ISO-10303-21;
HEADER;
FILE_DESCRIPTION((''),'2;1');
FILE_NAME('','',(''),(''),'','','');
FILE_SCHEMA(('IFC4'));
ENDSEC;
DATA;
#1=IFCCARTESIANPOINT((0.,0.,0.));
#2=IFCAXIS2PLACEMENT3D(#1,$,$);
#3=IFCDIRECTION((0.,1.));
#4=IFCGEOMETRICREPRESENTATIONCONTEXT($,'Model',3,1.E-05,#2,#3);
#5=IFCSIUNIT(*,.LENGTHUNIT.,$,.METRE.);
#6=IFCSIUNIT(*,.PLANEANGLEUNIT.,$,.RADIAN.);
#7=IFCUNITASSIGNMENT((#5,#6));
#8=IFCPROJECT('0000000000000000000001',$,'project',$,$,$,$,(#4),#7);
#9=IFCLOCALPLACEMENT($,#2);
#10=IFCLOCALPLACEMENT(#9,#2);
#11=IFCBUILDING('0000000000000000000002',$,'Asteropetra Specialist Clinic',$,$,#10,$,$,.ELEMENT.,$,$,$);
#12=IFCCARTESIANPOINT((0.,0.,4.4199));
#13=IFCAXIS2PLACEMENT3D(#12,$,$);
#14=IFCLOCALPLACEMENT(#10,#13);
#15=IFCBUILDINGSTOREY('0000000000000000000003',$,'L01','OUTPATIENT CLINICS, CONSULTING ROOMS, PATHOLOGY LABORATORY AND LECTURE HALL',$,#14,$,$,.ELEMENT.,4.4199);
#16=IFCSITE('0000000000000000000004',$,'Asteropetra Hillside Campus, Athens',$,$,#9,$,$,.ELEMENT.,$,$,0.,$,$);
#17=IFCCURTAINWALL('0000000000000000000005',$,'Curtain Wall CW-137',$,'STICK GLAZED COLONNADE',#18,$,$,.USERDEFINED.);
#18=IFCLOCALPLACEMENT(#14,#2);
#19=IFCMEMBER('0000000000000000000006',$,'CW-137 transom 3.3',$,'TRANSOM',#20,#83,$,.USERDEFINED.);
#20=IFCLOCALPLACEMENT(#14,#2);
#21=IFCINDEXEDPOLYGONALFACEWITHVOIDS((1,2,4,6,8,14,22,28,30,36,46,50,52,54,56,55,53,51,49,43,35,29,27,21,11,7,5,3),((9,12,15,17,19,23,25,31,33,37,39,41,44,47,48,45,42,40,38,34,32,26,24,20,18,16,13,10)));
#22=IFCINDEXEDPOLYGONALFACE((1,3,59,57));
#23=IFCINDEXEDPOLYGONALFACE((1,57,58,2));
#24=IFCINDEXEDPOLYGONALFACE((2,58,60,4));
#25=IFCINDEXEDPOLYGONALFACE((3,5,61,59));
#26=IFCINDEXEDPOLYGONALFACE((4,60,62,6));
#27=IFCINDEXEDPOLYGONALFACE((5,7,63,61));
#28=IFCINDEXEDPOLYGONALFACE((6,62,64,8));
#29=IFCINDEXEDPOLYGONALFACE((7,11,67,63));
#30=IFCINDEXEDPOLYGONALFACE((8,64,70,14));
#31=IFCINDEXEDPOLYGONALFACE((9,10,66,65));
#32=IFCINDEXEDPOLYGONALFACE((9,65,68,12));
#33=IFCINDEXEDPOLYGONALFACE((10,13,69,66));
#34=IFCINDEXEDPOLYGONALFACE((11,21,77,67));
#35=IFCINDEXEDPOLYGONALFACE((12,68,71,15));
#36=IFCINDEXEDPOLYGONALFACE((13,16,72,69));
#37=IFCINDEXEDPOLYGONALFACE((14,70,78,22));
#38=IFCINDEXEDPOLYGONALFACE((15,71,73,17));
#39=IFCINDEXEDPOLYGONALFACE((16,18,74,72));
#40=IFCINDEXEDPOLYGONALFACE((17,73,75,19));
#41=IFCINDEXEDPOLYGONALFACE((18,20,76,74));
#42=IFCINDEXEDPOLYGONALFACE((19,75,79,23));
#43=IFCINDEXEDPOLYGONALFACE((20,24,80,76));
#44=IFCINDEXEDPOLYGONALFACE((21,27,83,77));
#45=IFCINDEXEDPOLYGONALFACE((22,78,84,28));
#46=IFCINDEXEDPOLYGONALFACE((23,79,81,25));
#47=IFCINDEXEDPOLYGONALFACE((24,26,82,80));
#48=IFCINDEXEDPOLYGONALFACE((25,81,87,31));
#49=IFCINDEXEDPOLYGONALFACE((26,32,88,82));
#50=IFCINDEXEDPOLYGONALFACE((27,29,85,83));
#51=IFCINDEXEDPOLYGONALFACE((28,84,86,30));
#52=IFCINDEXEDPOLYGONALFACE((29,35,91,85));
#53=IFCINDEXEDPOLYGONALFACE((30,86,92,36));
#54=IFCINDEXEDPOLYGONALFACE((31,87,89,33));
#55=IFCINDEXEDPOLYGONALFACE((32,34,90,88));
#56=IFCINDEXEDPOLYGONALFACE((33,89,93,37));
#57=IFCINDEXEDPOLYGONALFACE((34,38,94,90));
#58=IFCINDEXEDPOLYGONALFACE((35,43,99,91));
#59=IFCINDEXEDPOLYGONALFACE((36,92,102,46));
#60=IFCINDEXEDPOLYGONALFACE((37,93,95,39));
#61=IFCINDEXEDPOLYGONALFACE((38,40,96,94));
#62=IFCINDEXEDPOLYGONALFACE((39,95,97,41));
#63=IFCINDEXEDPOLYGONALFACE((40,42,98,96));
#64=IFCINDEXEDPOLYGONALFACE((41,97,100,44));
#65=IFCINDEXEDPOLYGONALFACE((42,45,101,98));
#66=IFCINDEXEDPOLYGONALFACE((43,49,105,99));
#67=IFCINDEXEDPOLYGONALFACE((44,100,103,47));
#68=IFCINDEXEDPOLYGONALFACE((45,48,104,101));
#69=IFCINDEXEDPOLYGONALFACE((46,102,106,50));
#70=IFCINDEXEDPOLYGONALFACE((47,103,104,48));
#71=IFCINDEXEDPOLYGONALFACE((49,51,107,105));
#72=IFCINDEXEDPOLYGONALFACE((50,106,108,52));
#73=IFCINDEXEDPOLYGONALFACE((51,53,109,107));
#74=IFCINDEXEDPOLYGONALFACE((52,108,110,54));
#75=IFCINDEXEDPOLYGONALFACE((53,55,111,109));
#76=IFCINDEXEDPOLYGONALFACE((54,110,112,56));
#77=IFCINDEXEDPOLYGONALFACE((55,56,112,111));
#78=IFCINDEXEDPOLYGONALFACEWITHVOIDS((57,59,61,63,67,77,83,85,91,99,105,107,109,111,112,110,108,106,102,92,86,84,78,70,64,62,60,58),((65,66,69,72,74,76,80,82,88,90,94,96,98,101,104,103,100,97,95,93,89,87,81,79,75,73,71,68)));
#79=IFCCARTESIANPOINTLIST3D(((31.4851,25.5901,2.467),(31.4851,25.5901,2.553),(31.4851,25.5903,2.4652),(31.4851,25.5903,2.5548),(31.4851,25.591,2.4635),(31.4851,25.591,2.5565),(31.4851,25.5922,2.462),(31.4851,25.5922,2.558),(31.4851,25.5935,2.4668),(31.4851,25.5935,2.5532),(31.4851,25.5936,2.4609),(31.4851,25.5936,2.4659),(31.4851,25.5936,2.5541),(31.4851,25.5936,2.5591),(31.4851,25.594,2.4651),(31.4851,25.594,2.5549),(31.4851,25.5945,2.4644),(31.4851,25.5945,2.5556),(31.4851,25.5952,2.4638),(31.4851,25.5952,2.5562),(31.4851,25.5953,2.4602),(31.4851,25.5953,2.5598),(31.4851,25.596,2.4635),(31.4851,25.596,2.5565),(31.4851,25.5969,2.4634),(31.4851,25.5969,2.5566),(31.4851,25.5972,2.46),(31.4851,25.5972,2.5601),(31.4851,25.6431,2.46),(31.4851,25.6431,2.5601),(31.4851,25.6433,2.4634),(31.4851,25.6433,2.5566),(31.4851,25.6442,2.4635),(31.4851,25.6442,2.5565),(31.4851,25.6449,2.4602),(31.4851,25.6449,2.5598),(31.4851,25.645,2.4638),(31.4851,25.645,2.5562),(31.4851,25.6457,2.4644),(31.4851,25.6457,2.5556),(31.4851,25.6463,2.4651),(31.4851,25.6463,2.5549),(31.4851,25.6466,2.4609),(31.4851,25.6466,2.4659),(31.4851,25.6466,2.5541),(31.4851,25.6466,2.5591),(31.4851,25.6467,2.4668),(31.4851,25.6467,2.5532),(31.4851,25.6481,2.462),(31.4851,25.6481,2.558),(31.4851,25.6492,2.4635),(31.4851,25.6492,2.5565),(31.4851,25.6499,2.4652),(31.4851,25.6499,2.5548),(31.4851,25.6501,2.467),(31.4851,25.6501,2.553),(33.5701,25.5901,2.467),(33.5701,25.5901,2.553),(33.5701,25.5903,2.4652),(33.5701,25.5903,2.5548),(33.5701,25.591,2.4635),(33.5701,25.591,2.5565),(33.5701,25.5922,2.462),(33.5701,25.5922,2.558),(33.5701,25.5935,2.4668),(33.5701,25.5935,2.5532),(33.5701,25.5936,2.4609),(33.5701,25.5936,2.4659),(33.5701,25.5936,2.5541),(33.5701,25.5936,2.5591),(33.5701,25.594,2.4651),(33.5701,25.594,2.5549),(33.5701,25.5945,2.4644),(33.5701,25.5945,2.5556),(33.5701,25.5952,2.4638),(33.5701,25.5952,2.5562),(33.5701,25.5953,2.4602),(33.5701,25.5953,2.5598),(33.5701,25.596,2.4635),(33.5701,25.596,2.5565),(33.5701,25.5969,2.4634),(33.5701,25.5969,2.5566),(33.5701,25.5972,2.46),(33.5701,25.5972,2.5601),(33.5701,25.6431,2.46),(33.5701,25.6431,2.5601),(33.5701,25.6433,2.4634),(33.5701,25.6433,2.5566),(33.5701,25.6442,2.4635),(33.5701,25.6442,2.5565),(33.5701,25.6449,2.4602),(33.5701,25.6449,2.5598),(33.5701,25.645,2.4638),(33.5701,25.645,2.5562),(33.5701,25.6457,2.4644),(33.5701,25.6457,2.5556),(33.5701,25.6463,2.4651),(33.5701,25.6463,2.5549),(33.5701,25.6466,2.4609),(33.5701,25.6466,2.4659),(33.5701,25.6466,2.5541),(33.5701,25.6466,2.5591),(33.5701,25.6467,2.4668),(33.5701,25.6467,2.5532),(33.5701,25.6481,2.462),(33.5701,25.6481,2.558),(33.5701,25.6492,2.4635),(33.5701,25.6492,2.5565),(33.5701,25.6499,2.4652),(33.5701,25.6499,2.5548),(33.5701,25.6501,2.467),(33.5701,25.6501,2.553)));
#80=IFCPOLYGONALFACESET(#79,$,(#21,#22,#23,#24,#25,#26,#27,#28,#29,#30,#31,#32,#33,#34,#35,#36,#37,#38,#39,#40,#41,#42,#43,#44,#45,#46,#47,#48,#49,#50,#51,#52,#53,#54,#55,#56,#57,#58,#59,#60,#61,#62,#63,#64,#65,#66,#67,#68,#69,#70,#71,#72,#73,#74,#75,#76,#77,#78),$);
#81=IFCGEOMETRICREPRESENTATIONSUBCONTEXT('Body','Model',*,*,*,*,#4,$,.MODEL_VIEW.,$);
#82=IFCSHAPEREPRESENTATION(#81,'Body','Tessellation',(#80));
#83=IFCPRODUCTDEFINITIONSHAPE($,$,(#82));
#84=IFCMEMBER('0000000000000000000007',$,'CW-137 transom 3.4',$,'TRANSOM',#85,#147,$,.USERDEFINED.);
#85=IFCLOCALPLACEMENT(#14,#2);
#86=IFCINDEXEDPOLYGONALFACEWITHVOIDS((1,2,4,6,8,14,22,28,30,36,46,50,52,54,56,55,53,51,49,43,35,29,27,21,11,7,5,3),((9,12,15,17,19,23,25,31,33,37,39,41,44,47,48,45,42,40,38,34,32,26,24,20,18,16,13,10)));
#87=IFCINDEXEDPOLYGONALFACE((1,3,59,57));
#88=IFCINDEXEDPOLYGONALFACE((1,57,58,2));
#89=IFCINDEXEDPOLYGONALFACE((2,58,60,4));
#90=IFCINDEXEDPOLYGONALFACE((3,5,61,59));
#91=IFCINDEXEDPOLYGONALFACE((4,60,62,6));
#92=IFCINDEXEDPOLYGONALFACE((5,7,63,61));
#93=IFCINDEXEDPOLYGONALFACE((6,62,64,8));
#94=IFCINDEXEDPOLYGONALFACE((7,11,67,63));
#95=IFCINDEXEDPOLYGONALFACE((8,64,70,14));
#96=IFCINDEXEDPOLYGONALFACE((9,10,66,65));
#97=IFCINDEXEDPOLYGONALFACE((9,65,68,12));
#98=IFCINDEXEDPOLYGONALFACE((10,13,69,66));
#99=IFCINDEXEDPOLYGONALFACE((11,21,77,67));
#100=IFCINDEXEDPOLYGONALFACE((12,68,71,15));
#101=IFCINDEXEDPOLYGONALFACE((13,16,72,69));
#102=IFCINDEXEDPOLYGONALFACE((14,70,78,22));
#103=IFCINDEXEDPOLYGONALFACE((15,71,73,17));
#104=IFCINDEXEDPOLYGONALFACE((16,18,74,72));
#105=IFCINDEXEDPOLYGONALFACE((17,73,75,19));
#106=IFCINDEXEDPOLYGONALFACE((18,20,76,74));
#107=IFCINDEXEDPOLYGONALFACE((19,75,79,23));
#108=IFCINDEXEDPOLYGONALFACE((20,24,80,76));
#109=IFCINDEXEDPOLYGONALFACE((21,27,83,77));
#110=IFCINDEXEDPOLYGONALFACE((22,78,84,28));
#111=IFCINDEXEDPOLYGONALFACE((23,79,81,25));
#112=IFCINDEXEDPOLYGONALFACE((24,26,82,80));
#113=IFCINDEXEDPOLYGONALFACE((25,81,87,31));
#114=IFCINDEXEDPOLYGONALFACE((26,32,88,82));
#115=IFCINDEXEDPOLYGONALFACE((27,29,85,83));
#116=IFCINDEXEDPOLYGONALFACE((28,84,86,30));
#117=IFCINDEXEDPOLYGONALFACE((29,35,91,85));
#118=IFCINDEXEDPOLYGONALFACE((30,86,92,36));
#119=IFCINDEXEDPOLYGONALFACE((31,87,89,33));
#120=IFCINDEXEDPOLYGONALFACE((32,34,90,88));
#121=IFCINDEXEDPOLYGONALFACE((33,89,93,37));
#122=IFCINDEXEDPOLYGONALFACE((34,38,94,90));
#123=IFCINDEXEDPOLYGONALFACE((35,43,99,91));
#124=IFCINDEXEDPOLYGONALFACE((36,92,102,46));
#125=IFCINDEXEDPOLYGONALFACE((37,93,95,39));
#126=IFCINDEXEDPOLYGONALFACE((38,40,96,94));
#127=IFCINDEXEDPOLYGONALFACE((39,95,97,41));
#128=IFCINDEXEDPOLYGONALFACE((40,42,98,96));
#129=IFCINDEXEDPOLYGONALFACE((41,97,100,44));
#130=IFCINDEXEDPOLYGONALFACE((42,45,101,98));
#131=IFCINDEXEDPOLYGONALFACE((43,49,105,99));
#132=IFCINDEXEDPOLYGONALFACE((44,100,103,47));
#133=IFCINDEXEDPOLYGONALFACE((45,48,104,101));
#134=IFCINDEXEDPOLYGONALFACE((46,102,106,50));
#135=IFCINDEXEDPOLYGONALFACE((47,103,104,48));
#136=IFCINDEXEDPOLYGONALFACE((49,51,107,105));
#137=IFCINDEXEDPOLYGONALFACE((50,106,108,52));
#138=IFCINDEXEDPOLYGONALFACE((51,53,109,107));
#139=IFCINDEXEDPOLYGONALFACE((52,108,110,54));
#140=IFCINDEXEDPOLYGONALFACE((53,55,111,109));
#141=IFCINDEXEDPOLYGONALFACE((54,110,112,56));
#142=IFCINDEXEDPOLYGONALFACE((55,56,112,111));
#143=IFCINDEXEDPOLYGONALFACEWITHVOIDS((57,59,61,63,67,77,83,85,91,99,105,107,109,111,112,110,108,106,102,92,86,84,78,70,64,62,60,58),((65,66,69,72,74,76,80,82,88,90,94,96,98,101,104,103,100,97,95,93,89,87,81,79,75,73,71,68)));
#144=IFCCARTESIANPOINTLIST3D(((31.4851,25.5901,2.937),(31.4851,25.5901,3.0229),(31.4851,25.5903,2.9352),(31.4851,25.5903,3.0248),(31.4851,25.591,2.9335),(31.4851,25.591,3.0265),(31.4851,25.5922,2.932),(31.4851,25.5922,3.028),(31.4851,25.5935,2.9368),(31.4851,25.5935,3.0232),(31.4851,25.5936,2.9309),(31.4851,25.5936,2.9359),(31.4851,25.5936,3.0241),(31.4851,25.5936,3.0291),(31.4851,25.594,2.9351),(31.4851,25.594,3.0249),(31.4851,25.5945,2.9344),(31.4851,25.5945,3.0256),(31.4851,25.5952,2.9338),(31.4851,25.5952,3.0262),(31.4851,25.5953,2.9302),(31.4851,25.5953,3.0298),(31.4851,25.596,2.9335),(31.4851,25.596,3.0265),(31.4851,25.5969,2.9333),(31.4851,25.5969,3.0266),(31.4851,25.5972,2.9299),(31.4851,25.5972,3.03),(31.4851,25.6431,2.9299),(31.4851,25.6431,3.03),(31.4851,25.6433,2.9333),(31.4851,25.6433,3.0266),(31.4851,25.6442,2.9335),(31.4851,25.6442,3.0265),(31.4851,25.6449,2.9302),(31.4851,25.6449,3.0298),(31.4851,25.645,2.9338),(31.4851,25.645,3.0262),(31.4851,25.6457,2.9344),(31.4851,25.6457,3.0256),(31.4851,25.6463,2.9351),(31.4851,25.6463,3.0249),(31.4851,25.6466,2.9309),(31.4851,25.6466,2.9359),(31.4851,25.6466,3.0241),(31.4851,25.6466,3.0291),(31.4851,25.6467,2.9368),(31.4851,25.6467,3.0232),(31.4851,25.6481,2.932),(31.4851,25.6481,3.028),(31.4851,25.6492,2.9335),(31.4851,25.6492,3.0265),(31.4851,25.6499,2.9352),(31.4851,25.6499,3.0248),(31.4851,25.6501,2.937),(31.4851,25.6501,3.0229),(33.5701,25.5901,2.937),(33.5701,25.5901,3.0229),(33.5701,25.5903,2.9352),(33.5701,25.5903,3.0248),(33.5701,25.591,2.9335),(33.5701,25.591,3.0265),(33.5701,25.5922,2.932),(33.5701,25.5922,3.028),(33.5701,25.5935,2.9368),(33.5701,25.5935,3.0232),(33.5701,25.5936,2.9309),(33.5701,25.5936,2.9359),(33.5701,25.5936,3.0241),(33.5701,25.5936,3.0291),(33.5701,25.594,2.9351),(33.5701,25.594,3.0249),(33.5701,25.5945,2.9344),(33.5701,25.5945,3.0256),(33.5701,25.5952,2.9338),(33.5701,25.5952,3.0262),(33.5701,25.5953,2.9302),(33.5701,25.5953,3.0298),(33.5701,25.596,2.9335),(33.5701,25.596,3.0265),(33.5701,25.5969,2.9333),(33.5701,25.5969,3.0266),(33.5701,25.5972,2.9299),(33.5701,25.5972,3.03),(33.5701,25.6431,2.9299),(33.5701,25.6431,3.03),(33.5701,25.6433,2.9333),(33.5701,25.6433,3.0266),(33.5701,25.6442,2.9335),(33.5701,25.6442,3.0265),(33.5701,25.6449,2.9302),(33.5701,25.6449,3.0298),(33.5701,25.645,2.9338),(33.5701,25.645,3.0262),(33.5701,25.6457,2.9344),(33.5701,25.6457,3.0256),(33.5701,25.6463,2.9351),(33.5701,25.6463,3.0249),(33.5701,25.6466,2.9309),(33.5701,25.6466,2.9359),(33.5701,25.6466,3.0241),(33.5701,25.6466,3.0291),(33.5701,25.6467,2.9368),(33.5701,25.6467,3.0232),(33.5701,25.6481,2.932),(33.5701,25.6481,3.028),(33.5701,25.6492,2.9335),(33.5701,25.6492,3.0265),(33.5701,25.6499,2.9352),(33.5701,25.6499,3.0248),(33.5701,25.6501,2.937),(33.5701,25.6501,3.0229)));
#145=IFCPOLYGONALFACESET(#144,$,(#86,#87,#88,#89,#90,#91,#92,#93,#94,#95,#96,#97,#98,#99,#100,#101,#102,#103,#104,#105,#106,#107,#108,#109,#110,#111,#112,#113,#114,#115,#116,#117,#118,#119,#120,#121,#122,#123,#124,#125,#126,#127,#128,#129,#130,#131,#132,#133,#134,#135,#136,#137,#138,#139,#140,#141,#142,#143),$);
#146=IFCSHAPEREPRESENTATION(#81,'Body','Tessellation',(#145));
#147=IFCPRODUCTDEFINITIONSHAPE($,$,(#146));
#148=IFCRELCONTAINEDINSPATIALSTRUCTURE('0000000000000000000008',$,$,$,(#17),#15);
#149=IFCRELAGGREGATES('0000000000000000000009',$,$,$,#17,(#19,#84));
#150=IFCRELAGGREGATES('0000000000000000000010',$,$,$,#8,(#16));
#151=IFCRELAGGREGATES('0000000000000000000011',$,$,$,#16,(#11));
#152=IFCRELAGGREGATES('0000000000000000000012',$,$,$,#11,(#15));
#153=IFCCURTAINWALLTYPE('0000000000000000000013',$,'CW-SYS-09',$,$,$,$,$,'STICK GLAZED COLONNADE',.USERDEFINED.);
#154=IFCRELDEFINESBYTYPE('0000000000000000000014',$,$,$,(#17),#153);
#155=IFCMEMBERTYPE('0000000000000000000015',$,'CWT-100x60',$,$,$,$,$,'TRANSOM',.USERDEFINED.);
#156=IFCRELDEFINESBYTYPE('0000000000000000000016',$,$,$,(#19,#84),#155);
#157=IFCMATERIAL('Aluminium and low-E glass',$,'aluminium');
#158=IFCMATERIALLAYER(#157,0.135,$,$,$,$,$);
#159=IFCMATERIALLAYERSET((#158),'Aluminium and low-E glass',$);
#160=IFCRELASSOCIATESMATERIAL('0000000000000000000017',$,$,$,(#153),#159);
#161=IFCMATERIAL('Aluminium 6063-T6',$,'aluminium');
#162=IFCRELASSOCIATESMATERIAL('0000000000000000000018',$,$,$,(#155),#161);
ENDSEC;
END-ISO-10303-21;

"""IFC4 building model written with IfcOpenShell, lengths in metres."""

from ifc_helpers import new_model, si_unit, direction, frame, origin, origin_2d, place, context, subcontext, project, spatial, hollow_rectangle, extrude, material, layer, layer_set, material_profile, profile_set, type_object, element, aggregate, save


model = new_model("IFC4")

# Units and contexts
model_context = context("Model", 3, precision=1e-05, world=origin(), true_north=direction((0.0, 1.0)))
body_context = subcontext(model_context, "Body", "Model", "MODEL_VIEW")
ifc_project = project(units=[si_unit("LENGTHUNIT", "METRE"), si_unit("PLANEANGLEUNIT", "RADIAN")], contexts=[model_context])

# Site, building, storey
site_placement = place(None, origin())
site = spatial("IfcSite", under=ifc_project, at=site_placement, Name="Asteropetra Hillside Campus, Athens", CompositionType="ELEMENT", RefElevation=0.0)
building_placement = place(site_placement, origin())
building = spatial("IfcBuilding", under=site, at=building_placement, Name="Asteropetra Specialist Clinic", CompositionType="ELEMENT")
storey_placement = place(building_placement, frame((0.0, 0.0, 4.4199)))
storey = spatial("IfcBuildingStorey", under=building, at=storey_placement, Name="L01", Description="OUTPATIENT CLINICS, CONSULTING ROOMS, PATHOLOGY LABORATORY AND LECTURE HALL", CompositionType="ELEMENT", Elevation=4.4199)

# Curtain wall, members
ifc_material_1 = material(Name="Aluminium and low-E glass", Category="aluminium")
ifc_layer_1 = layer(ifc_material_1, 0.135)
ifc_layer_set_1 = layer_set([ifc_layer_1], Name="Aluminium and low-E glass")
curtain_wall_type = type_object("IfcCurtainWallType", Name="CW-SYS-09", ElementType="STICK GLAZED COLONNADE", PredefinedType="USERDEFINED", material=ifc_layer_set_1)
curtain_wall_placement = place(storey_placement, origin())
curtain_wall = element("IfcCurtainWall", 1, at=curtain_wall_placement, inside=storey, type_object=curtain_wall_type, Name="Curtain Wall CW-137", ObjectType="STICK GLAZED COLONNADE", PredefinedType="USERDEFINED")
ifc_material_2 = material(Name="Aluminium 6063-T6", Category="aluminium")
ifc_material_profile_1 = material_profile(ifc_material_2, hollow_rectangle(XDim=0.0601, YDim=0.1001, WallThickness=0.0034, InnerFilletRadius=0.0034, OuterFilletRadius=0.0071, at=origin_2d()), Name="TRN 100x60x3.5")
ifc_profile_set_1 = profile_set([ifc_material_profile_1], Name="Aluminium 6063-T6")
member_type_1 = type_object("IfcMemberType", Name="CWT-100x60", ElementType="TRANSOM", PredefinedType="USERDEFINED", material=ifc_profile_set_1)
member_1_placement = place(storey_placement, frame((33.5701, 25.6201, 2.51), z_axis=(-1.0, 0.0, 0.0), x_axis=(0.0, -1.0, 0.0)))
member_1 = element("IfcMember", 2, at=member_1_placement, type_object=member_type_1, Name="CW-137 transom 3.3", ObjectType="TRANSOM", PredefinedType="USERDEFINED", context=body_context, shape_type="SweptSolid", body=[
    extrude(hollow_rectangle(XDim=0.0601, YDim=0.1001, WallThickness=0.0034, InnerFilletRadius=0.0034, OuterFilletRadius=0.0071, at=origin_2d()), origin(), (0.0, 0.0, 1.0), 2.085),
])
member_2_placement = place(storey_placement, frame((33.5701, 25.6201, 2.98), z_axis=(-1.0, 0.0, 0.0), x_axis=(0.0, -1.0, 0.0)))
member_2 = element("IfcMember", 3, at=member_2_placement, type_object=member_type_1, Name="CW-137 transom 3.4", ObjectType="TRANSOM", PredefinedType="USERDEFINED", context=body_context, shape_type="SweptSolid", body=[
    extrude(hollow_rectangle(XDim=0.0601, YDim=0.1001, WallThickness=0.0034, InnerFilletRadius=0.0034, OuterFilletRadius=0.0071, at=origin_2d()), origin(), (0.0, 0.0, 1.0), 2.085),
])
aggregate(curtain_wall, [member_1, member_2])

save(model, "model.ifc")
